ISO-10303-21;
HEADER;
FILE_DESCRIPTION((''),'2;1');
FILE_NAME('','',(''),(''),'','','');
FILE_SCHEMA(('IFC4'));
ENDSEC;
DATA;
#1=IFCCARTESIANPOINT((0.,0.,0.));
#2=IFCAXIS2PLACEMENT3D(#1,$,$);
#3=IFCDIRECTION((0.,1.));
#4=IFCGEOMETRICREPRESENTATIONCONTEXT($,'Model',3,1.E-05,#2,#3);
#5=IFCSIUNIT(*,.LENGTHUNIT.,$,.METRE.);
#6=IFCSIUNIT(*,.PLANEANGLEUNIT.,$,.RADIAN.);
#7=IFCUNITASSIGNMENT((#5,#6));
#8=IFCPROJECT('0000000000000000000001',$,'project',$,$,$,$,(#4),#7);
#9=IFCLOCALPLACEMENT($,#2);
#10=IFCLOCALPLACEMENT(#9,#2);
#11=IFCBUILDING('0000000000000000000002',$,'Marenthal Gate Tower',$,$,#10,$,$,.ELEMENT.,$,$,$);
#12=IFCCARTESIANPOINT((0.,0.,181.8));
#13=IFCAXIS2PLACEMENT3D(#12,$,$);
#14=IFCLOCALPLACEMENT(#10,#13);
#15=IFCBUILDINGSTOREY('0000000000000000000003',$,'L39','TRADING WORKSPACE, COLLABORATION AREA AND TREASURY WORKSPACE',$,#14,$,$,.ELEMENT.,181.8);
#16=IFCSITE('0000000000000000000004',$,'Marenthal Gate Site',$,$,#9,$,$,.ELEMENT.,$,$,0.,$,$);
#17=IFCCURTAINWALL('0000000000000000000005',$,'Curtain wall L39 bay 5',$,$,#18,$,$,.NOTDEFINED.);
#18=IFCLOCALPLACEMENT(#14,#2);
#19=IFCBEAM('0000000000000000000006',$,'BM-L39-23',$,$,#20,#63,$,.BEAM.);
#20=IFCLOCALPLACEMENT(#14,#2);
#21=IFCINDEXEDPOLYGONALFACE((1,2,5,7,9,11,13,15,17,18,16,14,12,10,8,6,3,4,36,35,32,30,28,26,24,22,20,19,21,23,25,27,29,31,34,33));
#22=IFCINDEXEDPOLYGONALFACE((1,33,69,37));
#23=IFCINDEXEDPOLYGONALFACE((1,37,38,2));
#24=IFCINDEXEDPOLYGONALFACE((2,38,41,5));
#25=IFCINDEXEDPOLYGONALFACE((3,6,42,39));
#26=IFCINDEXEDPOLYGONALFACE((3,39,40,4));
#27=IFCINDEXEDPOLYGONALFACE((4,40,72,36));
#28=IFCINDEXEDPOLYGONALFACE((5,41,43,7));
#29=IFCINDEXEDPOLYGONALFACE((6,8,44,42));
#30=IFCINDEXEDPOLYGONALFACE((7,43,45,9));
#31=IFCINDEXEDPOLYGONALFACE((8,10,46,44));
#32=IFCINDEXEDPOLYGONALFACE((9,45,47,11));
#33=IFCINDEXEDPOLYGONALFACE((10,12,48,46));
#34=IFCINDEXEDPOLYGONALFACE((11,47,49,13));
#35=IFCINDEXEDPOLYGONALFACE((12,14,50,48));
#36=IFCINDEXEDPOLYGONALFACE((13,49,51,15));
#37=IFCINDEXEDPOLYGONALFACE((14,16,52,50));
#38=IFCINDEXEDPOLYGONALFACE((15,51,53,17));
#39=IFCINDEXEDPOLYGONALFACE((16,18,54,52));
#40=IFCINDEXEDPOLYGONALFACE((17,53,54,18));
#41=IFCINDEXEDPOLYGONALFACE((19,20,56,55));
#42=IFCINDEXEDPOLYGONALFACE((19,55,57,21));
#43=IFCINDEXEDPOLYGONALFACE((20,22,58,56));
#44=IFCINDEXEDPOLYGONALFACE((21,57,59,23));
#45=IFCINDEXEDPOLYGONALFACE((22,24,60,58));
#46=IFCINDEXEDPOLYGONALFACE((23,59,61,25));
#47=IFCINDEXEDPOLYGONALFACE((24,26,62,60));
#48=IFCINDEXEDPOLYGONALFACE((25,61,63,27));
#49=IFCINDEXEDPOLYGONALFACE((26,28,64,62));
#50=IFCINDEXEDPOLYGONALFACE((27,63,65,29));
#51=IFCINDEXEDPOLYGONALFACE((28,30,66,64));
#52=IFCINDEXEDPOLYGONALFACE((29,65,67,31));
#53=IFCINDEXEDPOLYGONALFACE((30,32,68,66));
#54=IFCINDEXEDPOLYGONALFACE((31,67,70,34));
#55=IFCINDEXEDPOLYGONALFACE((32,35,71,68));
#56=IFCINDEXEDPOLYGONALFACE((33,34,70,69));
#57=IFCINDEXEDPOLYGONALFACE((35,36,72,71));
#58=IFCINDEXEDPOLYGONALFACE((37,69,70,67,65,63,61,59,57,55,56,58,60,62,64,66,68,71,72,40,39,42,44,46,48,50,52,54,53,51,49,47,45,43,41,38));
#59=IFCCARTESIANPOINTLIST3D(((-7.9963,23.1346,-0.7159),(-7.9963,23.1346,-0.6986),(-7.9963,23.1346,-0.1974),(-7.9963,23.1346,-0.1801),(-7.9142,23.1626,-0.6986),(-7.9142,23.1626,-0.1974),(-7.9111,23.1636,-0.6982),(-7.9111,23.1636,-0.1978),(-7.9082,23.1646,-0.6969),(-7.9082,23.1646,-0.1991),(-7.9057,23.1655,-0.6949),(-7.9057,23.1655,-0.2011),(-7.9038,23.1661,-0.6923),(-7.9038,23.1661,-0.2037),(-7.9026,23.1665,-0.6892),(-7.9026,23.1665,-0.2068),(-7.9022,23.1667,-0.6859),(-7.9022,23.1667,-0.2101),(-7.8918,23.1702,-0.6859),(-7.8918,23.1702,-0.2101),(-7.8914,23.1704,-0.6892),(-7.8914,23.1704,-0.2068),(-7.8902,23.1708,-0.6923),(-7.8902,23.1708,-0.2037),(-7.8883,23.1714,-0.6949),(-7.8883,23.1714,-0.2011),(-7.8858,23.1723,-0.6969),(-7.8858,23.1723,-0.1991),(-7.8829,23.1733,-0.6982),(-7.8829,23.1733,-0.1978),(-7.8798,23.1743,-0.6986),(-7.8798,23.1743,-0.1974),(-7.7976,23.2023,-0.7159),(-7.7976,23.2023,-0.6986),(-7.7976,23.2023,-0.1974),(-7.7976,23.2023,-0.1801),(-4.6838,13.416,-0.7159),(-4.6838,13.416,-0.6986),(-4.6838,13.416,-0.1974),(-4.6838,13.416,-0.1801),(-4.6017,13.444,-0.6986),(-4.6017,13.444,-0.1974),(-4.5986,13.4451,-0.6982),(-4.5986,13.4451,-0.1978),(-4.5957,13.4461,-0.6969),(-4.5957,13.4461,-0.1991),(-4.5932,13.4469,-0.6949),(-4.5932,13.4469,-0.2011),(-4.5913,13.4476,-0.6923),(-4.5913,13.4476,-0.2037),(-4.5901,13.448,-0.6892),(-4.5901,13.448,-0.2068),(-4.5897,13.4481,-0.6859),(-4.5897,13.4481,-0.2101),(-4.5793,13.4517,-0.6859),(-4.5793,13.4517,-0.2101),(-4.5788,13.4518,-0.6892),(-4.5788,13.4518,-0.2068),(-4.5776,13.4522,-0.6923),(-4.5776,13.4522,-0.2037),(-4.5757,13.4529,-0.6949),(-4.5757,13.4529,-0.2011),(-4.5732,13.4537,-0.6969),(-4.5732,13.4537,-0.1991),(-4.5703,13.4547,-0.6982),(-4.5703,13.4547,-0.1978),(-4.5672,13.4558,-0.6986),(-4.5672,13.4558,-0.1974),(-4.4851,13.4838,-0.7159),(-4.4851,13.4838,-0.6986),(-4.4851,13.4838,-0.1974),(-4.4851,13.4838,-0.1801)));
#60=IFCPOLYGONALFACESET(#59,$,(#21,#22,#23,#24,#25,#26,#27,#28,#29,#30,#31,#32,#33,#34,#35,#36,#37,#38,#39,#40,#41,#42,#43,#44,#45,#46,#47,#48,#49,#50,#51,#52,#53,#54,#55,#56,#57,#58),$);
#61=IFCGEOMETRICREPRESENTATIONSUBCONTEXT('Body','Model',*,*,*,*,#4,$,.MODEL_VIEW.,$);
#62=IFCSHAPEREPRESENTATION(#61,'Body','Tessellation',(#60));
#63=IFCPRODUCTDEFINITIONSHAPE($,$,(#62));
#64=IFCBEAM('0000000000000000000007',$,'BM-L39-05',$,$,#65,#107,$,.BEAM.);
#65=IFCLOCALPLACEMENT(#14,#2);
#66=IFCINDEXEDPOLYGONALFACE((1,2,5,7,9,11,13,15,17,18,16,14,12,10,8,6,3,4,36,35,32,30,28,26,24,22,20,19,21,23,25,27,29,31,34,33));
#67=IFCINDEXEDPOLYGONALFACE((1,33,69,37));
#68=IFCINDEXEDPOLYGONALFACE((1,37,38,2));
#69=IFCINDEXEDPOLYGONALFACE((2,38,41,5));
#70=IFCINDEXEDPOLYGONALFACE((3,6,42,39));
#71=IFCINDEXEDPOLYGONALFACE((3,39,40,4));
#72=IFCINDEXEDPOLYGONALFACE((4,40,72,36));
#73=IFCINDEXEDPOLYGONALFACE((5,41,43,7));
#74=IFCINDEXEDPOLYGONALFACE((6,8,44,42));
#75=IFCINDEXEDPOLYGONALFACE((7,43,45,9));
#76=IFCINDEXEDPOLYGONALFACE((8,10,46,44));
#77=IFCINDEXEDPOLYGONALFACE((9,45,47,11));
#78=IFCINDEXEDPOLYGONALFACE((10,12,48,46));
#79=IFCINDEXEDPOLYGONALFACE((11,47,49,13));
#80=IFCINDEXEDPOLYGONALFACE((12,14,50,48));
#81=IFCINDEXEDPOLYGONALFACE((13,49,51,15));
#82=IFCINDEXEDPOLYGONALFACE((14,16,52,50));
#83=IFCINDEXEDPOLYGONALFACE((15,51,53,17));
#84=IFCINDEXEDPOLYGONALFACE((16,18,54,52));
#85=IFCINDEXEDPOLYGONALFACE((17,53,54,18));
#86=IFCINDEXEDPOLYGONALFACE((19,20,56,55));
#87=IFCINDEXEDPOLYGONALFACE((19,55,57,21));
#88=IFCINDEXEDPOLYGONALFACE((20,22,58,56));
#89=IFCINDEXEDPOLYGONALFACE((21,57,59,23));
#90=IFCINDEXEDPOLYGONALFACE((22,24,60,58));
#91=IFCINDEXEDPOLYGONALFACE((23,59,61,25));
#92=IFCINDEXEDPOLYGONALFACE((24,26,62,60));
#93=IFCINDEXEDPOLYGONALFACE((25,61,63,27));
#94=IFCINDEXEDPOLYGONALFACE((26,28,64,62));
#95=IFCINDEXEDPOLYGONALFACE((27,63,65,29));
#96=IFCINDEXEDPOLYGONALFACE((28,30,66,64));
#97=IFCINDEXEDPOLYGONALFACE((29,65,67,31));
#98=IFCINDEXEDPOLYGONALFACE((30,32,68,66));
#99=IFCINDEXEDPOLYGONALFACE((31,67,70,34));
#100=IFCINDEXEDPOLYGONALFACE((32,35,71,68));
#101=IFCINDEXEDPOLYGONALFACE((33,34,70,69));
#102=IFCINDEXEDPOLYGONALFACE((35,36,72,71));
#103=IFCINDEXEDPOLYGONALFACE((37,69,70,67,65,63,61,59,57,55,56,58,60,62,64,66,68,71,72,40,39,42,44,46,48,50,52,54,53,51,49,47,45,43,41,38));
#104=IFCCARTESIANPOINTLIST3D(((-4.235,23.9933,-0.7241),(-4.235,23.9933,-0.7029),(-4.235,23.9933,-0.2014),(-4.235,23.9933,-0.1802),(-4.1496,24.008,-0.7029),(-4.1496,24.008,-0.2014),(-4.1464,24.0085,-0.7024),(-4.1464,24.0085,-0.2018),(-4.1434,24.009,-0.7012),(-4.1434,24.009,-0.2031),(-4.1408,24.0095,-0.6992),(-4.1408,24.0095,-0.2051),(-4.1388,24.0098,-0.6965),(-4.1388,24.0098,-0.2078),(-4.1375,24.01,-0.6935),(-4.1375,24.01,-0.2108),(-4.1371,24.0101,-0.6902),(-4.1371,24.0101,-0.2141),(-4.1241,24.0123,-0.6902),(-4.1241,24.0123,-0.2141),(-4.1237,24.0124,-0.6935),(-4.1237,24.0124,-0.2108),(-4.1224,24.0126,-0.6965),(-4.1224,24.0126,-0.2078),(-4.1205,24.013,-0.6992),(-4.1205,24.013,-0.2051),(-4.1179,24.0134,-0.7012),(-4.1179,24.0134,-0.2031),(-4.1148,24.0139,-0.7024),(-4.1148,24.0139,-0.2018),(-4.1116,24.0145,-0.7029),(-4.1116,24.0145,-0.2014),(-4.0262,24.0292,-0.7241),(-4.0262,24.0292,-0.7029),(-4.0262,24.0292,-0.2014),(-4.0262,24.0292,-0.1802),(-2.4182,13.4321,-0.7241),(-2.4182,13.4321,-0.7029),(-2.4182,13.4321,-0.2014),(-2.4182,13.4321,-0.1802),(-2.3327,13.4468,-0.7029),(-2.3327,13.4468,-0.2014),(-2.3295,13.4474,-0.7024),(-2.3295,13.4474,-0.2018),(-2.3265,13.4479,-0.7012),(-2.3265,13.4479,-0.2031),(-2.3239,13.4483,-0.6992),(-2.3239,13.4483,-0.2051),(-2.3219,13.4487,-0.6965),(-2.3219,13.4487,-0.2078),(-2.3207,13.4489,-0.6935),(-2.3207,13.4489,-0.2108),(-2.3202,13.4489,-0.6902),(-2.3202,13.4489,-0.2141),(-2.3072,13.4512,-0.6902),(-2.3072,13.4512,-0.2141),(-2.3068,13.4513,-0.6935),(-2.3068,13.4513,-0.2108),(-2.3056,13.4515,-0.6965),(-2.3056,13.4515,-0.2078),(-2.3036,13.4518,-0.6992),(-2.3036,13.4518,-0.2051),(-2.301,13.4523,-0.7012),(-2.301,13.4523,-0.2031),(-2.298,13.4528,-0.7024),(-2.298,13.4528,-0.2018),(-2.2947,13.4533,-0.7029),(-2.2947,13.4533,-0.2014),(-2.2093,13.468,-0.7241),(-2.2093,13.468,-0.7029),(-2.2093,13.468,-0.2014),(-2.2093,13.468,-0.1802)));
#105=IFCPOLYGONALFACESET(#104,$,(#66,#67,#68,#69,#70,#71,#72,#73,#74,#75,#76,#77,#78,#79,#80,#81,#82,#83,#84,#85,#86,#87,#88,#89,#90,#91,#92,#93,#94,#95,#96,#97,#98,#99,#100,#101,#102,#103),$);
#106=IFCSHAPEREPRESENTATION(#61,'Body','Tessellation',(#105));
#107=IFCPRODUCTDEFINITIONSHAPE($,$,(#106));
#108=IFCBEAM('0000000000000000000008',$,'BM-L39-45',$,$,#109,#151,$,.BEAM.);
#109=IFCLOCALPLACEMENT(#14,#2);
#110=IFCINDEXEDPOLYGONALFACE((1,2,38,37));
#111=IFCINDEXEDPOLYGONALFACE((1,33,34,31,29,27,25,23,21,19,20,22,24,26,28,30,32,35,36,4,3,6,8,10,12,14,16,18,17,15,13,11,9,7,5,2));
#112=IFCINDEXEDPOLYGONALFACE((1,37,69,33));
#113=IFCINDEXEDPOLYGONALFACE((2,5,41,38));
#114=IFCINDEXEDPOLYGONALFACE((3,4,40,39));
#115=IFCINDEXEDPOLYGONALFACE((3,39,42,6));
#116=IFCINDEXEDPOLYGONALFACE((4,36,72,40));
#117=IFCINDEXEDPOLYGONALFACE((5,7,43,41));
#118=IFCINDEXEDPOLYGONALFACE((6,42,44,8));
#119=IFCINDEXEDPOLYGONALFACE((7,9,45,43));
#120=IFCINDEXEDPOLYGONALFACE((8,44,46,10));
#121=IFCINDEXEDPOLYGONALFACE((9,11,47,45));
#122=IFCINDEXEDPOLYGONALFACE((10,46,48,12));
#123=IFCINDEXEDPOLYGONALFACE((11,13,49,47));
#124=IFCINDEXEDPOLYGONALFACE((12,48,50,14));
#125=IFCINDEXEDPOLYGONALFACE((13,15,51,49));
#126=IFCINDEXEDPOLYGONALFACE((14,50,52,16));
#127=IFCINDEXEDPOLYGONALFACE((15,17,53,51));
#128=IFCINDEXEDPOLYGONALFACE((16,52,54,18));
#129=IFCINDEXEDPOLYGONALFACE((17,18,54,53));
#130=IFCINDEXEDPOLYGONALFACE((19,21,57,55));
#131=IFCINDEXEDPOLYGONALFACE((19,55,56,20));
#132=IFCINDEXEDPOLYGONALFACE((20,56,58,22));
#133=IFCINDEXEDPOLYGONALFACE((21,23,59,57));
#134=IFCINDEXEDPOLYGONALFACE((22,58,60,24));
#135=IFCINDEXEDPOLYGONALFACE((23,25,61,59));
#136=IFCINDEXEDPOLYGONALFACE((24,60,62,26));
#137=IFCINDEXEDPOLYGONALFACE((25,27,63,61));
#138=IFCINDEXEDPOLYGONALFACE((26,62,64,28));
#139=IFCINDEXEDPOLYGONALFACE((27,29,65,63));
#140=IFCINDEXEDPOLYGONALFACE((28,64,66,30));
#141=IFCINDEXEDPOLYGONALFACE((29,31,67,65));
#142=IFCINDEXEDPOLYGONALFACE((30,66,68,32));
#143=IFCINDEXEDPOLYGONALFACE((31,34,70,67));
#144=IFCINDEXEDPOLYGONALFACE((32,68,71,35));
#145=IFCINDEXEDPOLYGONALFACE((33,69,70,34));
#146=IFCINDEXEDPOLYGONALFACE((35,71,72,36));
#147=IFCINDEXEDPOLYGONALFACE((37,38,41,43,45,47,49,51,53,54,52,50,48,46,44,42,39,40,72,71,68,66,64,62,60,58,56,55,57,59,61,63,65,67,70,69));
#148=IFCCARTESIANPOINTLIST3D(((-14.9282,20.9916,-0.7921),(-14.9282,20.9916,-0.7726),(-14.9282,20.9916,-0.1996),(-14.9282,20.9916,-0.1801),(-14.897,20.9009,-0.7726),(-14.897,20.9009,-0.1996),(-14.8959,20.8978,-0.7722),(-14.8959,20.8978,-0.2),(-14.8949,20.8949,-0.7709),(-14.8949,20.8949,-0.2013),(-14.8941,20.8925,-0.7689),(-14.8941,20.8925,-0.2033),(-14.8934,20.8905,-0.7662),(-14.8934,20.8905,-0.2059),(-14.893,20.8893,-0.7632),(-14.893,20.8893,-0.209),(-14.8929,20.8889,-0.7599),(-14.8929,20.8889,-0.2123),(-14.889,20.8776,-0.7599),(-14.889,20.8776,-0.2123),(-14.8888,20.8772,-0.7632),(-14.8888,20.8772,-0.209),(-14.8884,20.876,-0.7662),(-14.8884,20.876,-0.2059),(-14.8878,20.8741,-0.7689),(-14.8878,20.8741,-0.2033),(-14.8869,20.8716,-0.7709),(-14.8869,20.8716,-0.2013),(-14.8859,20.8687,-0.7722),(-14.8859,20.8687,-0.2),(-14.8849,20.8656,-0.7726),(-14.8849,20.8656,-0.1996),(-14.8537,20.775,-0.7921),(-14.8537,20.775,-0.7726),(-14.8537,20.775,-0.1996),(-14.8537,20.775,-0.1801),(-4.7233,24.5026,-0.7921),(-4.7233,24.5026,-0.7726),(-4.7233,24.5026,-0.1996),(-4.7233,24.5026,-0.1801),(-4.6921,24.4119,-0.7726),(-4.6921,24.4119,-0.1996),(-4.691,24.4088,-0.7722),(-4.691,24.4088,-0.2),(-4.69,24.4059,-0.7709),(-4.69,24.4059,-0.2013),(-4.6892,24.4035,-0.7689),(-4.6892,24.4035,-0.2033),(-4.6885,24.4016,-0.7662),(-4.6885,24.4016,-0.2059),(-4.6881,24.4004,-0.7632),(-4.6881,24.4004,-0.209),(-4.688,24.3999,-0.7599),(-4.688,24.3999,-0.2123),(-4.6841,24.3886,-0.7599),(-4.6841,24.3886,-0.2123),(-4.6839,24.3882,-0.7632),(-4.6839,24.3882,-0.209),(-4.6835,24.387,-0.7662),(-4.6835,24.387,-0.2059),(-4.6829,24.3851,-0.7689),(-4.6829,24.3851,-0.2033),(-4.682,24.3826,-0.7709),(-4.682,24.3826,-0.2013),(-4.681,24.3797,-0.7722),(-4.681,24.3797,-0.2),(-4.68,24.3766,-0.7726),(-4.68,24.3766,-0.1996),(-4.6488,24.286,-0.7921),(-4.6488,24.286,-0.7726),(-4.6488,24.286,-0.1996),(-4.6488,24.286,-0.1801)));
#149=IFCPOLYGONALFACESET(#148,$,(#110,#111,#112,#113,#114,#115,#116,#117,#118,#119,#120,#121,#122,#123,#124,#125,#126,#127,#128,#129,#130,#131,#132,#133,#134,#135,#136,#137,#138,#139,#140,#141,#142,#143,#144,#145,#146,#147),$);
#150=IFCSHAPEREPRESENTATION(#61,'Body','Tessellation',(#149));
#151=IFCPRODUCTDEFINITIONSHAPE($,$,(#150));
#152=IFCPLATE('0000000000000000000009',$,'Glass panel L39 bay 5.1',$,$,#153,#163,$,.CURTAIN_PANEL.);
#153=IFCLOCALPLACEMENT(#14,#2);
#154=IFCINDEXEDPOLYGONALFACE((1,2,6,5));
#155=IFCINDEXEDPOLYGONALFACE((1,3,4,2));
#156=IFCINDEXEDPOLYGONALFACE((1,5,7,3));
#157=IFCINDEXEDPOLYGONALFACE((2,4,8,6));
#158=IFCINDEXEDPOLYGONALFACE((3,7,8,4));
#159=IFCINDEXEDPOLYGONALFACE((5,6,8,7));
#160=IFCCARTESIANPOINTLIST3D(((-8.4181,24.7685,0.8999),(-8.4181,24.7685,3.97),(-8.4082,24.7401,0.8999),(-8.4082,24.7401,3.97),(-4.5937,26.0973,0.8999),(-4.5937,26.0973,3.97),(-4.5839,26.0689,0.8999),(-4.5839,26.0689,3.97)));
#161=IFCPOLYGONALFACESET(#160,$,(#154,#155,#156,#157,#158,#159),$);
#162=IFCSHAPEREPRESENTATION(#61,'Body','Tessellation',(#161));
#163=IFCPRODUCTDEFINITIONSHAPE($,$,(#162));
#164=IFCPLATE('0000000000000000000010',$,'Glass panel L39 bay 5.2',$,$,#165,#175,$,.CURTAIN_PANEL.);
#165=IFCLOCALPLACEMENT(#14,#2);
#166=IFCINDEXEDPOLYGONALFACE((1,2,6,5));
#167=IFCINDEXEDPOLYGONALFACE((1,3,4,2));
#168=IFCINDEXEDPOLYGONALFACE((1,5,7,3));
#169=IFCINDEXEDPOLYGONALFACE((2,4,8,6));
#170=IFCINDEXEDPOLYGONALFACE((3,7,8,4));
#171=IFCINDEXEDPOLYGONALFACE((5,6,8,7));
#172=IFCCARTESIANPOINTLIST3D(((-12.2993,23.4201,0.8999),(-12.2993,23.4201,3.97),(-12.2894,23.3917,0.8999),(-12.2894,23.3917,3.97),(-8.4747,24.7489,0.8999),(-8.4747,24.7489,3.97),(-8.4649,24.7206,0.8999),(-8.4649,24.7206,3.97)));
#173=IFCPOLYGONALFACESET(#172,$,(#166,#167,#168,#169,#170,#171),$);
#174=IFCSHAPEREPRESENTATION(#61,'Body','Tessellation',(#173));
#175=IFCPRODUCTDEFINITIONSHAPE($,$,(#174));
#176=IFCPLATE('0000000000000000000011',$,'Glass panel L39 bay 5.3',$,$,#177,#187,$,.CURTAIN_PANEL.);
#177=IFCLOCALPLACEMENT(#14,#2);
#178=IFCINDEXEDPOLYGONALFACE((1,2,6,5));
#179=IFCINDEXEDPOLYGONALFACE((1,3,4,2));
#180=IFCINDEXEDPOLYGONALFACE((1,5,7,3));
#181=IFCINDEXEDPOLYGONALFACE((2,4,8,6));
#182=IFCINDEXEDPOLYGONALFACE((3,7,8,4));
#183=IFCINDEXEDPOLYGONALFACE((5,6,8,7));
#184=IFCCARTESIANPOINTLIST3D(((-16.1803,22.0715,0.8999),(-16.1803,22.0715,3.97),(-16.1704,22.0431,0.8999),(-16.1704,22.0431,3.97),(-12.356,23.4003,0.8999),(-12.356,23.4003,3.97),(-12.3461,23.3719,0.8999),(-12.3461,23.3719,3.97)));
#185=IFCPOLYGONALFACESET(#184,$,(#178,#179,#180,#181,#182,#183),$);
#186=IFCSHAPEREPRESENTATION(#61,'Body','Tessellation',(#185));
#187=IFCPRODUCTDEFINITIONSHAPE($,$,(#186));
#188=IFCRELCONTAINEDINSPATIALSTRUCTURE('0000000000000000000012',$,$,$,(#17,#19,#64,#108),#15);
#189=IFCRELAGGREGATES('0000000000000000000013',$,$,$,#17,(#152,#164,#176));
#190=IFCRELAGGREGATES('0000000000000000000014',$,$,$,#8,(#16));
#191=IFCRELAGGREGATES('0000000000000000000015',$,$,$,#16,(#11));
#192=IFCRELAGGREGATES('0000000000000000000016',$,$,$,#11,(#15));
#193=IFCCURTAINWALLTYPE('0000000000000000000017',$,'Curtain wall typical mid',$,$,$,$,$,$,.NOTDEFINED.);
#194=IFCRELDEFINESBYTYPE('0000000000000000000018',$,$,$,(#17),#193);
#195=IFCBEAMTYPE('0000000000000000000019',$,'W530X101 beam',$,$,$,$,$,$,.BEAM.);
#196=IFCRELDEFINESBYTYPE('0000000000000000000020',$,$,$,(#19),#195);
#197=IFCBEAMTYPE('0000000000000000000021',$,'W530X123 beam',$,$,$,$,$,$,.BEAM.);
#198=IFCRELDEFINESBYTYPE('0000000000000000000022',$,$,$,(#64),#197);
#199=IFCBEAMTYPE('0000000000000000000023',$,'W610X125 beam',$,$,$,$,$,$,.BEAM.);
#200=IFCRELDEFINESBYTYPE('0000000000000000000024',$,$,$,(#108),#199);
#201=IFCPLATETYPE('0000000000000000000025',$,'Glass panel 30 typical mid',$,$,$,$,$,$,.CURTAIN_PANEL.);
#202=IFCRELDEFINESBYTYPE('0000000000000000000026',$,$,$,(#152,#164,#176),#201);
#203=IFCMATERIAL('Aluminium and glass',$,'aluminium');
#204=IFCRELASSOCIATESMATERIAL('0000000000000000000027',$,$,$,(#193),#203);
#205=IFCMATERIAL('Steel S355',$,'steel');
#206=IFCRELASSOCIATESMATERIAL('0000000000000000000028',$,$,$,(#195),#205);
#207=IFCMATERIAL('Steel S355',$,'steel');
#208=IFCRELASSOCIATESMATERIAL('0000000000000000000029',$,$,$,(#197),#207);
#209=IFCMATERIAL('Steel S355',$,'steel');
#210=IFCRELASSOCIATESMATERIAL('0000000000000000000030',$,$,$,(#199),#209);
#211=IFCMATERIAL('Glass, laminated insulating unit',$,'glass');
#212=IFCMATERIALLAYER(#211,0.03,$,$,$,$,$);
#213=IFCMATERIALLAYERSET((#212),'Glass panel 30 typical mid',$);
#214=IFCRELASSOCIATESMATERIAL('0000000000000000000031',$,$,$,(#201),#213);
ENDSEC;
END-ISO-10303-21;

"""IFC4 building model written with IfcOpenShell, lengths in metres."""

from ifc_helpers import new_model, si_unit, direction, frame, origin, origin_2d, place, context, subcontext, project, spatial, rectangle, i_section, extrude, material, layer, layer_set, material_profile, profile_set, type_object, element, aggregate, save


model = new_model("IFC4")

# Units and contexts
model_context = context("Model", 3, precision=1e-05, world=origin(), true_north=direction((0.0, 1.0)))
body_context = subcontext(model_context, "Body", "Model", "MODEL_VIEW")
ifc_project = project(units=[si_unit("LENGTHUNIT", "METRE"), si_unit("PLANEANGLEUNIT", "RADIAN")], contexts=[model_context])

# Site, building, storey
site_placement = place(None, origin())
site = spatial("IfcSite", under=ifc_project, at=site_placement, Name="Marenthal Gate Site", CompositionType="ELEMENT", RefElevation=0.0)
building_placement = place(site_placement, origin())
building = spatial("IfcBuilding", under=site, at=building_placement, Name="Marenthal Gate Tower", CompositionType="ELEMENT")
storey_placement = place(building_placement, frame((0.0, 0.0, 181.8)))
storey = spatial("IfcBuildingStorey", under=building, at=storey_placement, Name="L39", Description="TRADING WORKSPACE, COLLABORATION AREA AND TREASURY WORKSPACE", CompositionType="ELEMENT", Elevation=181.8)

# Curtain wall
ifc_material_1 = material(Name="Aluminium and glass", Category="aluminium")
curtain_wall_type = type_object("IfcCurtainWallType", Name="Curtain wall typical mid", PredefinedType="NOTDEFINED", material=ifc_material_1)
curtain_wall_placement = place(storey_placement, origin())
curtain_wall = element("IfcCurtainWall", 1, at=curtain_wall_placement, inside=storey, type_object=curtain_wall_type, Name="Curtain wall L39 bay 5", PredefinedType="NOTDEFINED")

# Beams
ifc_material_2 = material(Name="Steel S355", Category="steel")
ifc_material_profile_1 = material_profile(ifc_material_2, i_section(OverallWidth=0.21, OverallDepth=0.5359, WebThickness=0.011, FlangeThickness=0.0173, FilletRadius=0.0127, at=origin_2d()), Name="W530X101")
ifc_profile_set_1 = profile_set([ifc_material_profile_1], Name="Steel S355")
beam_type_1 = type_object("IfcBeamType", Name="W530X101 beam", PredefinedType="BEAM", material=ifc_profile_set_1)
beam_1_placement = place(storey_placement, frame((-7.897, 23.1685, -0.448), z_axis=(0.322619, -0.946529, 0.0), x_axis=(0.946529, 0.322619, 0.0)))
element("IfcBeam", 2, at=beam_1_placement, inside=storey, type_object=beam_type_1, Name="BM-L39-23", PredefinedType="BEAM", context=body_context, shape_type="SweptSolid", body=[
    extrude(i_section(OverallWidth=0.21, OverallDepth=0.5359, WebThickness=0.011, FlangeThickness=0.0173, FilletRadius=0.0127, at=origin_2d()), origin(), (0.0, 0.0, 1.0), 10.2676),
])
ifc_material_3 = material(Name="Steel S355", Category="steel")
ifc_material_profile_2 = material_profile(ifc_material_3, i_section(OverallWidth=0.2119, OverallDepth=0.5439, WebThickness=0.0132, FlangeThickness=0.0212, FilletRadius=0.0127, at=origin_2d()), Name="W530X123")
ifc_profile_set_2 = profile_set([ifc_material_profile_2], Name="Steel S355")
beam_type_2 = type_object("IfcBeamType", Name="W530X123 beam", PredefinedType="BEAM", material=ifc_profile_set_2)
beam_2_placement = place(storey_placement, frame((-4.1306, 24.0112, -0.4521), z_axis=(0.169543, -0.985523, 0.0), x_axis=(0.985523, 0.169543, 0.0)))
element("IfcBeam", 3, at=beam_2_placement, inside=storey, type_object=beam_type_2, Name="BM-L39-05", PredefinedType="BEAM", context=body_context, shape_type="SweptSolid", body=[
    extrude(i_section(OverallWidth=0.2119, OverallDepth=0.5439, WebThickness=0.0132, FlangeThickness=0.0212, FilletRadius=0.0127, at=origin_2d()), origin(), (0.0, 0.0, 1.0), 10.7163),
])
ifc_material_4 = material(Name="Steel S355", Category="steel")
ifc_material_profile_3 = material_profile(ifc_material_4, i_section(OverallWidth=0.229, OverallDepth=0.6121, WebThickness=0.012, FlangeThickness=0.0195, FilletRadius=0.0127, at=origin_2d()), Name="W610X125")
ifc_profile_set_3 = profile_set([ifc_material_profile_3], Name="Steel S355")
beam_type_3 = type_object("IfcBeamType", Name="W610X125 beam", PredefinedType="BEAM", material=ifc_profile_set_3)
beam_3_placement = place(storey_placement, frame((-4.686, 24.3943, -0.4861), z_axis=(-0.945599, -0.325335, 0.0), x_axis=(0.325335, -0.945599, 0.0)))
element("IfcBeam", 4, at=beam_3_placement, inside=storey, type_object=beam_type_3, Name="BM-L39-45", PredefinedType="BEAM", context=body_context, shape_type="SweptSolid", body=[
    extrude(i_section(OverallWidth=0.229, OverallDepth=0.6121, WebThickness=0.012, FlangeThickness=0.0195, FilletRadius=0.0127, at=origin_2d()), origin(), (0.0, 0.0, 1.0), 10.792),
])

# Plates
ifc_material_5 = material(Name="Glass, laminated insulating unit", Category="glass")
ifc_layer_1 = layer(ifc_material_5, 0.03)
ifc_layer_set_1 = layer_set([ifc_layer_1], Name="Glass panel 30 typical mid")
plate_type = type_object("IfcPlateType", Name="Glass panel 30 typical mid", PredefinedType="CURTAIN_PANEL", material=ifc_layer_set_1)
plate_1_placement = place(storey_placement, frame((-6.501, 25.4187, 0.8999), z_axis=(0.0, 0.0, 1.0), x_axis=(-0.944604, -0.328211, 0.0)))
plate_1 = element("IfcPlate", 5, at=plate_1_placement, type_object=plate_type, Name="Glass panel L39 bay 5.1", PredefinedType="CURTAIN_PANEL", context=body_context, shape_type="SweptSolid", body=[
    extrude(rectangle(XDim=4.0486, YDim=0.03, at=origin_2d()), origin(), (0.0, 0.0, 1.0), 3.0701),
])
plate_2_placement = place(storey_placement, frame((-10.3821, 24.0703, 0.8999), z_axis=(0.0, 0.0, 1.0), x_axis=(-0.944604, -0.328211, 0.0)))
plate_2 = element("IfcPlate", 6, at=plate_2_placement, type_object=plate_type, Name="Glass panel L39 bay 5.2", PredefinedType="CURTAIN_PANEL", context=body_context, shape_type="SweptSolid", body=[
    extrude(rectangle(XDim=4.0488, YDim=0.03, at=origin_2d()), origin(), (0.0, 0.0, 1.0), 3.0701),
])
plate_3_placement = place(storey_placement, frame((-14.2632, 22.7217, 0.8999), z_axis=(0.0, 0.0, 1.0), x_axis=(-0.944604, -0.328211, 0.0)))
plate_3 = element("IfcPlate", 7, at=plate_3_placement, type_object=plate_type, Name="Glass panel L39 bay 5.3", PredefinedType="CURTAIN_PANEL", context=body_context, shape_type="SweptSolid", body=[
    extrude(rectangle(XDim=4.0486, YDim=0.03, at=origin_2d()), origin(), (0.0, 0.0, 1.0), 3.0701),
])
aggregate(curtain_wall, [plate_1, plate_2, plate_3])

save(model, "model.ifc")
